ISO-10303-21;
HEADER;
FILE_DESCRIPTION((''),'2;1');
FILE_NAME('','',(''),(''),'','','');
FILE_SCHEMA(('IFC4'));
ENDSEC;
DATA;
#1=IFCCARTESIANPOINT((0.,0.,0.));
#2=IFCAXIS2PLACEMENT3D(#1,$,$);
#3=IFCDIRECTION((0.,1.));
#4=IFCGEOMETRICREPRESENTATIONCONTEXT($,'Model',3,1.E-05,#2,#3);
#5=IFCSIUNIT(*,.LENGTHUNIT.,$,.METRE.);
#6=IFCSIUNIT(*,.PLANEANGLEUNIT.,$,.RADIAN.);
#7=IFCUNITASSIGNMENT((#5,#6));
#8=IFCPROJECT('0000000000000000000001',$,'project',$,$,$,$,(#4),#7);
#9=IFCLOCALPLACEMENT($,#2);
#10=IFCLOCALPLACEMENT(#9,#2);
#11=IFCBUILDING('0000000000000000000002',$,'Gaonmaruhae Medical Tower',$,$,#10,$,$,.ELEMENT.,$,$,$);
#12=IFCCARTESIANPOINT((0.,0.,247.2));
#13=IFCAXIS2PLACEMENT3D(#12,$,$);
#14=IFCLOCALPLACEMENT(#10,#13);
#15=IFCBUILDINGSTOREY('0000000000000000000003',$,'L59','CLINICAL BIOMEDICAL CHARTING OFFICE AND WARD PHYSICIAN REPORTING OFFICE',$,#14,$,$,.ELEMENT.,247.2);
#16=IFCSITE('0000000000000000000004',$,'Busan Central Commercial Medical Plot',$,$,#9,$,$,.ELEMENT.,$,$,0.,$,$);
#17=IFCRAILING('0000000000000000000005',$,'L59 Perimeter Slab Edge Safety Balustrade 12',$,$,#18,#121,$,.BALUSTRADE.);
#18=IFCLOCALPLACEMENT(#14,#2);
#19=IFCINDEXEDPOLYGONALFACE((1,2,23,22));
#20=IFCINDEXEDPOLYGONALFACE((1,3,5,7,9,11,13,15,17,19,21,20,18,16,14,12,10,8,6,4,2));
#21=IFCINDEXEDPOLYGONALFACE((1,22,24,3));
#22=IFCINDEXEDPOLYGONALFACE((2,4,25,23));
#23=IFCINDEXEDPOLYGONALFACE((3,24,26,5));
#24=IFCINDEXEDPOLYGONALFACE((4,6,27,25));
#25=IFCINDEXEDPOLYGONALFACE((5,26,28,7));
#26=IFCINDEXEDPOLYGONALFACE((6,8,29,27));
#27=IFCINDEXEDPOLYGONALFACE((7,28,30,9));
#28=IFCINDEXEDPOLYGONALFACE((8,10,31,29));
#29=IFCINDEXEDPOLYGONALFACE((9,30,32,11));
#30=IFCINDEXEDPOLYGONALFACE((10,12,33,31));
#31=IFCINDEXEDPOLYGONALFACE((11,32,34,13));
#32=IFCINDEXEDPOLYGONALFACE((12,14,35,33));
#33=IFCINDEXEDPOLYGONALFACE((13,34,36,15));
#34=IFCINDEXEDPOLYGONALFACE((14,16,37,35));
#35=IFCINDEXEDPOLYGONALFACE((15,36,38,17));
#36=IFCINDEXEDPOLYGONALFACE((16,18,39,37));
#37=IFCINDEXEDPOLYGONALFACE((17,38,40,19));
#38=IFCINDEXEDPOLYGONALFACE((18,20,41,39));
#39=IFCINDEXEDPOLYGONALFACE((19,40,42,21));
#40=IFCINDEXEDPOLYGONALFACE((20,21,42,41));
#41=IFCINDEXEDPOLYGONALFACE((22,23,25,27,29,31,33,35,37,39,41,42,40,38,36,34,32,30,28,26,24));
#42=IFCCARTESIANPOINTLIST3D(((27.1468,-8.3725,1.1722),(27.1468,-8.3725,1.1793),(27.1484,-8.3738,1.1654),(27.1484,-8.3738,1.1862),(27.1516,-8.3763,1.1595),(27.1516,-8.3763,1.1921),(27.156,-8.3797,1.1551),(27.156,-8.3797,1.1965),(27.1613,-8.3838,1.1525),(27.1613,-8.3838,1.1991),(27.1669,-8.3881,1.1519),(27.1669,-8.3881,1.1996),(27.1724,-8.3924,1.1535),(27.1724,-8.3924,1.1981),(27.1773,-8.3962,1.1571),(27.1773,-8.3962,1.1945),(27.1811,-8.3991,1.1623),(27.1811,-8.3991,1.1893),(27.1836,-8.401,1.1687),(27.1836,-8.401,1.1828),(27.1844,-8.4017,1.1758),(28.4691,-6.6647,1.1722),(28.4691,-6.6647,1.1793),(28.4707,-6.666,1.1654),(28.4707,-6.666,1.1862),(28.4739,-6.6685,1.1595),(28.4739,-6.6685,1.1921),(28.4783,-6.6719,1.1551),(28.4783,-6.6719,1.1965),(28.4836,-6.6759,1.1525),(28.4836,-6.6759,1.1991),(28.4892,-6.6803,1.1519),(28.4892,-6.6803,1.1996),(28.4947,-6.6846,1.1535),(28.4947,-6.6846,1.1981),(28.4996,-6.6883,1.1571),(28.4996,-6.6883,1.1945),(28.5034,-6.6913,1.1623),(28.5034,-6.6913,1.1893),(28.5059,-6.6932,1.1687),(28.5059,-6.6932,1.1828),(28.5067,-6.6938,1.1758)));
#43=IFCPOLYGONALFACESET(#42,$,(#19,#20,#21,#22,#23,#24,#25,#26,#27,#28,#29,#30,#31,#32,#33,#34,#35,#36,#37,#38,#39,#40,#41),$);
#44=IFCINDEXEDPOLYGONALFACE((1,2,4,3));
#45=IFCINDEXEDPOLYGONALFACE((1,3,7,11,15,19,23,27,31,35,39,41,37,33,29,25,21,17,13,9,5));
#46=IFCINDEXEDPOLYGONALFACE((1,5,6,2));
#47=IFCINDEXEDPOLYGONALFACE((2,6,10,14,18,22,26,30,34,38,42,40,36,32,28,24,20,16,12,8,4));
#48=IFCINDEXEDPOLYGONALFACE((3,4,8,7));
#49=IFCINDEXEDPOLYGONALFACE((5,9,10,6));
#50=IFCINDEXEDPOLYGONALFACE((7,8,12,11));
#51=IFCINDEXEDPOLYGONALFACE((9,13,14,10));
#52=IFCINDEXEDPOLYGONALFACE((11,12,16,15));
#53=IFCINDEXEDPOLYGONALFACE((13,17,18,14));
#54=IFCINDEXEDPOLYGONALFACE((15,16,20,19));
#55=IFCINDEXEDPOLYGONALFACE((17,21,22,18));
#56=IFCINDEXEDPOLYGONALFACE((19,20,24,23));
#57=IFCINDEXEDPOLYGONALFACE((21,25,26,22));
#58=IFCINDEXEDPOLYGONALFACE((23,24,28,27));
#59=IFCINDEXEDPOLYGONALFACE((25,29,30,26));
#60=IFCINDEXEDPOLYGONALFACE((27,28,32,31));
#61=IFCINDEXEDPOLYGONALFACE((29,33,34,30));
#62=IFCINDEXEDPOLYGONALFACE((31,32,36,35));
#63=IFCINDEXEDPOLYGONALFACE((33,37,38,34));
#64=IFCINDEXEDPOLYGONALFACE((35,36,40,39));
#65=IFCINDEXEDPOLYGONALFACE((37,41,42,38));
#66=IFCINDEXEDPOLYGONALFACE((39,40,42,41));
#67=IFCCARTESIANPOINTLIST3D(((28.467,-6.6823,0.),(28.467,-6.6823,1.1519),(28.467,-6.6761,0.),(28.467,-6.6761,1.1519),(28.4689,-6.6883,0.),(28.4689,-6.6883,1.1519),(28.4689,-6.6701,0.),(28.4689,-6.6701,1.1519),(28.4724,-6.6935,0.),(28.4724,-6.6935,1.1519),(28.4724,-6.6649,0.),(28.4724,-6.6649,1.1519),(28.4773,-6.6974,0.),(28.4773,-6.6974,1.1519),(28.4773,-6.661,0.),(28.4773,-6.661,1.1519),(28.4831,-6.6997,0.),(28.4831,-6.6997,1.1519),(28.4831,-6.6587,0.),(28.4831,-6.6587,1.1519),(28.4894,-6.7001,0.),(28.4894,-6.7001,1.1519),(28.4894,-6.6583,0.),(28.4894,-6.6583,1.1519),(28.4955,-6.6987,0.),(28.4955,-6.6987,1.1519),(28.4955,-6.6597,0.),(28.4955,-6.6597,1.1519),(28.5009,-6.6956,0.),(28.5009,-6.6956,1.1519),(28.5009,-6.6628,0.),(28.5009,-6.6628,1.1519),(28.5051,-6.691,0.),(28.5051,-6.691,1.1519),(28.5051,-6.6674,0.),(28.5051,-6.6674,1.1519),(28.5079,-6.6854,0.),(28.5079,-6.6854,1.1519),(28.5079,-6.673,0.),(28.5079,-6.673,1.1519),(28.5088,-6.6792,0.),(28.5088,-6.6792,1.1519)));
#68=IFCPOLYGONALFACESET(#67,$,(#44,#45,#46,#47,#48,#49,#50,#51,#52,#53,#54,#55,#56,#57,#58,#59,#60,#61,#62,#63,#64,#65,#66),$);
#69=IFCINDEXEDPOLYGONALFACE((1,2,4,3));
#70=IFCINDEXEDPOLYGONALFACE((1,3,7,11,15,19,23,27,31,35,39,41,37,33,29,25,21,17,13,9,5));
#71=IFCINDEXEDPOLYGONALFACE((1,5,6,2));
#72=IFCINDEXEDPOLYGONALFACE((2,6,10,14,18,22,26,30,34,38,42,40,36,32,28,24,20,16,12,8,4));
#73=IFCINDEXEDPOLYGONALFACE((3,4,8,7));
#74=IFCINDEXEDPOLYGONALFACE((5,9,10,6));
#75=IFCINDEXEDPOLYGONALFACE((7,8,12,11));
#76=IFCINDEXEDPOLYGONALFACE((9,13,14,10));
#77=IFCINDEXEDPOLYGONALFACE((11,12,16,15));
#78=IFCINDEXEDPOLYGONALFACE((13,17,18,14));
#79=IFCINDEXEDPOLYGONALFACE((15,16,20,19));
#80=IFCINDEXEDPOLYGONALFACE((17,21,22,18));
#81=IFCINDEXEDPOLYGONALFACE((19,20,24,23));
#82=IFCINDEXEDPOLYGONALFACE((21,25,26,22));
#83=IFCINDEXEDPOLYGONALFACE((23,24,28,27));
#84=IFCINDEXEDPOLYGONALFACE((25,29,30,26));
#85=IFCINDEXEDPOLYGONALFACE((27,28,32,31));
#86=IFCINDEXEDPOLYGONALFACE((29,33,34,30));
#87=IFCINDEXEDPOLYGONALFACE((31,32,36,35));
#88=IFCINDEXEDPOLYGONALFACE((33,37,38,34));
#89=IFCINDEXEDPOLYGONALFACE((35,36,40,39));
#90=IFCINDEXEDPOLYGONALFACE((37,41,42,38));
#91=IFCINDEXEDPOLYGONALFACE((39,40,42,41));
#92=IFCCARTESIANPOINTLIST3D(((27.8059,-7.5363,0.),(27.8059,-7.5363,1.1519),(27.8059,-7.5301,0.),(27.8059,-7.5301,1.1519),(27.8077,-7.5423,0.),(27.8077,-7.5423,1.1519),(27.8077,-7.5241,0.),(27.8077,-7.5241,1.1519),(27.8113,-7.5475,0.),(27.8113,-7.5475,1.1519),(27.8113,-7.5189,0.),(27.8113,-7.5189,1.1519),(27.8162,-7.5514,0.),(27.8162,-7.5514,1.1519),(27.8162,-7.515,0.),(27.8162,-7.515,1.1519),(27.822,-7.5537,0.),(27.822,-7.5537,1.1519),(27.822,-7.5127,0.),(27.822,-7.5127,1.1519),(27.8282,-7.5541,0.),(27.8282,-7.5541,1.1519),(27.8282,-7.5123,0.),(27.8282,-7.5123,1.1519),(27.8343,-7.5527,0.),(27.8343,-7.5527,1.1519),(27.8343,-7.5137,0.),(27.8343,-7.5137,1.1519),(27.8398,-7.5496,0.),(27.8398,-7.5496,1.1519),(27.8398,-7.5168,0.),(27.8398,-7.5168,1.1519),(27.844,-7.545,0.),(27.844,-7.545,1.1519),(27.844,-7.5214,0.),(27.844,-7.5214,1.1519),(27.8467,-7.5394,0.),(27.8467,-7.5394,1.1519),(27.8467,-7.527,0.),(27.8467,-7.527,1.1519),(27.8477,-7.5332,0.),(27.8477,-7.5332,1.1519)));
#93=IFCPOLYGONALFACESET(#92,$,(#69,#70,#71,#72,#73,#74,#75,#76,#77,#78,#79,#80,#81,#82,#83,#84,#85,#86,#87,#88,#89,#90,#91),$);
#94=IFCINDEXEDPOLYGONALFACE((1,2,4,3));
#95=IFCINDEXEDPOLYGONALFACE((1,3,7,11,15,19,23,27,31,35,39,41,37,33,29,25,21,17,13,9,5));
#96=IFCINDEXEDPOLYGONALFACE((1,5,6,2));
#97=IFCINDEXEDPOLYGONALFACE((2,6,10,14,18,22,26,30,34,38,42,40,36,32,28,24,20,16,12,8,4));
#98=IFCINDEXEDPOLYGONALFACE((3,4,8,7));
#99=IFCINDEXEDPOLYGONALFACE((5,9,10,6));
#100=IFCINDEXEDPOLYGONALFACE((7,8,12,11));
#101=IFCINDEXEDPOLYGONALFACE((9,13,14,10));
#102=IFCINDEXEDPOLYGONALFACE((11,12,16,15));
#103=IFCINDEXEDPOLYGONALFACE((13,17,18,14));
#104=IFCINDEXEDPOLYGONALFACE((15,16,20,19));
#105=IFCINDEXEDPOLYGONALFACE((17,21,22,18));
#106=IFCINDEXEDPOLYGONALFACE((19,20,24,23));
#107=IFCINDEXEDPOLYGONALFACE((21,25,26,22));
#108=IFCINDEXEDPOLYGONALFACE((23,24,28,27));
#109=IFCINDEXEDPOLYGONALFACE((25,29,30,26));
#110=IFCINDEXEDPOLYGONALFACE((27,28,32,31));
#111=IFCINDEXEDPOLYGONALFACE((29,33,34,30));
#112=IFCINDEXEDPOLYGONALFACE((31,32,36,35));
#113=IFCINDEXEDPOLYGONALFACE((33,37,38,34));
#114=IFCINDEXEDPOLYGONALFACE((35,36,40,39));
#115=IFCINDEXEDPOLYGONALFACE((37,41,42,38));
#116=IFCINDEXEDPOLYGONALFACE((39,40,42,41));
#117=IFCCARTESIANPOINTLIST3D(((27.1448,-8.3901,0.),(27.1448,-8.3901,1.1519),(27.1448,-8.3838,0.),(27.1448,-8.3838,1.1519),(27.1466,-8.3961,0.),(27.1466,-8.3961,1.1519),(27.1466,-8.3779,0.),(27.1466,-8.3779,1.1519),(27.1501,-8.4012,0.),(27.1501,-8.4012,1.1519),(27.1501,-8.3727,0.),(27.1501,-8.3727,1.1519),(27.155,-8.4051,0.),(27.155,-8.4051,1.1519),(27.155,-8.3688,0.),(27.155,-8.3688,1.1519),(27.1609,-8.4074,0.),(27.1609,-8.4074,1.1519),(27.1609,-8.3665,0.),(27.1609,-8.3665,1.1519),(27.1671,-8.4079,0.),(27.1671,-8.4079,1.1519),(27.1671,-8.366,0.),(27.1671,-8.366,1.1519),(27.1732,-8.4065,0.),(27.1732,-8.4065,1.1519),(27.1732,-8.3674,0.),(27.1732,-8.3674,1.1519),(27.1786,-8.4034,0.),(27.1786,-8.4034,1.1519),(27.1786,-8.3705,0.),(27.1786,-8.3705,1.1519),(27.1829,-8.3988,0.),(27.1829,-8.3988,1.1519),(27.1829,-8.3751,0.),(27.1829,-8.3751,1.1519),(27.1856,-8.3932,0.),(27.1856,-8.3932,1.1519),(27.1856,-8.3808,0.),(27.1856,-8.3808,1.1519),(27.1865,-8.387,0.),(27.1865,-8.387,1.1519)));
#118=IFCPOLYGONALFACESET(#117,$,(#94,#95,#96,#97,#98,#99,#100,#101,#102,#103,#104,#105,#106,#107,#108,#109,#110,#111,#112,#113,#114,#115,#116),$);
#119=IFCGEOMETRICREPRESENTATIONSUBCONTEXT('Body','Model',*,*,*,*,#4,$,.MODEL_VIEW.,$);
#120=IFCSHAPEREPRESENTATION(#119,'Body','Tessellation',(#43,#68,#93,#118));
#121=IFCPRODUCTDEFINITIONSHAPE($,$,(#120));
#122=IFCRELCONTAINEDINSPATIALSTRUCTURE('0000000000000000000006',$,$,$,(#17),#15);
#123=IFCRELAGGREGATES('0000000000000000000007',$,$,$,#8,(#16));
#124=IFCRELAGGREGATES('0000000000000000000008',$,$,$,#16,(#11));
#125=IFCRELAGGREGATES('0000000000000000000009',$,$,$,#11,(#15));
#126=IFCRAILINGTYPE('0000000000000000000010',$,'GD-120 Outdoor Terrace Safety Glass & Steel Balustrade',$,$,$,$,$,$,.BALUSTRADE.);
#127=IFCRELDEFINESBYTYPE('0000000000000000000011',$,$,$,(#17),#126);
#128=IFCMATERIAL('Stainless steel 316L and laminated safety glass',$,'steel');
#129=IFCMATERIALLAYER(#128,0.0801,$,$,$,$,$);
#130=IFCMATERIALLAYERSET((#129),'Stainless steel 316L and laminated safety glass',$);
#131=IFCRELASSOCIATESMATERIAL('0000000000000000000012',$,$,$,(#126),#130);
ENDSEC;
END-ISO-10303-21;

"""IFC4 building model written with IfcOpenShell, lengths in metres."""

from ifc_helpers import new_model, si_unit, direction, frame, origin, origin_2d, place, context, subcontext, project, spatial, circle, extrude, material, layer, layer_set, type_object, element, save


model = new_model("IFC4")

# Units and contexts
model_context = context("Model", 3, precision=1e-05, world=origin(), true_north=direction((0.0, 1.0)))
body_context = subcontext(model_context, "Body", "Model", "MODEL_VIEW")
ifc_project = project(units=[si_unit("LENGTHUNIT", "METRE"), si_unit("PLANEANGLEUNIT", "RADIAN")], contexts=[model_context])

# Site, building, storey
site_placement = place(None, origin())
site = spatial("IfcSite", under=ifc_project, at=site_placement, Name="Busan Central Commercial Medical Plot", CompositionType="ELEMENT", RefElevation=0.0)
building_placement = place(site_placement, origin())
building = spatial("IfcBuilding", under=site, at=building_placement, Name="Gaonmaruhae Medical Tower", CompositionType="ELEMENT")
storey_placement = place(building_placement, frame((0.0, 0.0, 247.2)))
storey = spatial("IfcBuildingStorey", under=building, at=storey_placement, Name="L59", Description="CLINICAL BIOMEDICAL CHARTING OFFICE AND WARD PHYSICIAN REPORTING OFFICE", CompositionType="ELEMENT", Elevation=247.2)

# Railing
ifc_material_1 = material(Name="Stainless steel 316L and laminated safety glass", Category="steel")
ifc_layer_1 = layer(ifc_material_1, 0.0801)
ifc_layer_set_1 = layer_set([ifc_layer_1], Name="Stainless steel 316L and laminated safety glass")
railing_type = type_object("IfcRailingType", Name="GD-120 Outdoor Terrace Safety Glass & Steel Balustrade", PredefinedType="BALUSTRADE", material=ifc_layer_set_1)
railing_1_placement = place(storey_placement, frame((28.4878, -6.6792, 0.0)))
element("IfcRailing", 1, at=railing_1_placement, inside=storey, type_object=railing_type, Name="L59 Perimeter Slab Edge Safety Balustrade 12", PredefinedType="BALUSTRADE", context=body_context, shape_type="SweptSolid", body=[
    extrude(circle(Radius=0.0239, at=origin_2d()), frame((0.0, 0.0, 1.1758), z_axis=(-0.61221, -0.790695, 0.0), x_axis=(0.790695, -0.61221, 0.0)), (0.0, 0.0, 1.0), 2.1599),
    extrude(circle(Radius=0.021, at=origin_2d()), origin(), (0.0, 0.0, 1.0), 1.1519),
    extrude(circle(Radius=0.021, at=origin_2d()), frame((-0.6611, -0.854, 0.0)), (0.0, 0.0, 1.0), 1.1519),
    extrude(circle(Radius=0.021, at=origin_2d()), frame((-1.3223, -1.7078, 0.0)), (0.0, 0.0, 1.0), 1.1519),
])

save(model, "model.ifc")
